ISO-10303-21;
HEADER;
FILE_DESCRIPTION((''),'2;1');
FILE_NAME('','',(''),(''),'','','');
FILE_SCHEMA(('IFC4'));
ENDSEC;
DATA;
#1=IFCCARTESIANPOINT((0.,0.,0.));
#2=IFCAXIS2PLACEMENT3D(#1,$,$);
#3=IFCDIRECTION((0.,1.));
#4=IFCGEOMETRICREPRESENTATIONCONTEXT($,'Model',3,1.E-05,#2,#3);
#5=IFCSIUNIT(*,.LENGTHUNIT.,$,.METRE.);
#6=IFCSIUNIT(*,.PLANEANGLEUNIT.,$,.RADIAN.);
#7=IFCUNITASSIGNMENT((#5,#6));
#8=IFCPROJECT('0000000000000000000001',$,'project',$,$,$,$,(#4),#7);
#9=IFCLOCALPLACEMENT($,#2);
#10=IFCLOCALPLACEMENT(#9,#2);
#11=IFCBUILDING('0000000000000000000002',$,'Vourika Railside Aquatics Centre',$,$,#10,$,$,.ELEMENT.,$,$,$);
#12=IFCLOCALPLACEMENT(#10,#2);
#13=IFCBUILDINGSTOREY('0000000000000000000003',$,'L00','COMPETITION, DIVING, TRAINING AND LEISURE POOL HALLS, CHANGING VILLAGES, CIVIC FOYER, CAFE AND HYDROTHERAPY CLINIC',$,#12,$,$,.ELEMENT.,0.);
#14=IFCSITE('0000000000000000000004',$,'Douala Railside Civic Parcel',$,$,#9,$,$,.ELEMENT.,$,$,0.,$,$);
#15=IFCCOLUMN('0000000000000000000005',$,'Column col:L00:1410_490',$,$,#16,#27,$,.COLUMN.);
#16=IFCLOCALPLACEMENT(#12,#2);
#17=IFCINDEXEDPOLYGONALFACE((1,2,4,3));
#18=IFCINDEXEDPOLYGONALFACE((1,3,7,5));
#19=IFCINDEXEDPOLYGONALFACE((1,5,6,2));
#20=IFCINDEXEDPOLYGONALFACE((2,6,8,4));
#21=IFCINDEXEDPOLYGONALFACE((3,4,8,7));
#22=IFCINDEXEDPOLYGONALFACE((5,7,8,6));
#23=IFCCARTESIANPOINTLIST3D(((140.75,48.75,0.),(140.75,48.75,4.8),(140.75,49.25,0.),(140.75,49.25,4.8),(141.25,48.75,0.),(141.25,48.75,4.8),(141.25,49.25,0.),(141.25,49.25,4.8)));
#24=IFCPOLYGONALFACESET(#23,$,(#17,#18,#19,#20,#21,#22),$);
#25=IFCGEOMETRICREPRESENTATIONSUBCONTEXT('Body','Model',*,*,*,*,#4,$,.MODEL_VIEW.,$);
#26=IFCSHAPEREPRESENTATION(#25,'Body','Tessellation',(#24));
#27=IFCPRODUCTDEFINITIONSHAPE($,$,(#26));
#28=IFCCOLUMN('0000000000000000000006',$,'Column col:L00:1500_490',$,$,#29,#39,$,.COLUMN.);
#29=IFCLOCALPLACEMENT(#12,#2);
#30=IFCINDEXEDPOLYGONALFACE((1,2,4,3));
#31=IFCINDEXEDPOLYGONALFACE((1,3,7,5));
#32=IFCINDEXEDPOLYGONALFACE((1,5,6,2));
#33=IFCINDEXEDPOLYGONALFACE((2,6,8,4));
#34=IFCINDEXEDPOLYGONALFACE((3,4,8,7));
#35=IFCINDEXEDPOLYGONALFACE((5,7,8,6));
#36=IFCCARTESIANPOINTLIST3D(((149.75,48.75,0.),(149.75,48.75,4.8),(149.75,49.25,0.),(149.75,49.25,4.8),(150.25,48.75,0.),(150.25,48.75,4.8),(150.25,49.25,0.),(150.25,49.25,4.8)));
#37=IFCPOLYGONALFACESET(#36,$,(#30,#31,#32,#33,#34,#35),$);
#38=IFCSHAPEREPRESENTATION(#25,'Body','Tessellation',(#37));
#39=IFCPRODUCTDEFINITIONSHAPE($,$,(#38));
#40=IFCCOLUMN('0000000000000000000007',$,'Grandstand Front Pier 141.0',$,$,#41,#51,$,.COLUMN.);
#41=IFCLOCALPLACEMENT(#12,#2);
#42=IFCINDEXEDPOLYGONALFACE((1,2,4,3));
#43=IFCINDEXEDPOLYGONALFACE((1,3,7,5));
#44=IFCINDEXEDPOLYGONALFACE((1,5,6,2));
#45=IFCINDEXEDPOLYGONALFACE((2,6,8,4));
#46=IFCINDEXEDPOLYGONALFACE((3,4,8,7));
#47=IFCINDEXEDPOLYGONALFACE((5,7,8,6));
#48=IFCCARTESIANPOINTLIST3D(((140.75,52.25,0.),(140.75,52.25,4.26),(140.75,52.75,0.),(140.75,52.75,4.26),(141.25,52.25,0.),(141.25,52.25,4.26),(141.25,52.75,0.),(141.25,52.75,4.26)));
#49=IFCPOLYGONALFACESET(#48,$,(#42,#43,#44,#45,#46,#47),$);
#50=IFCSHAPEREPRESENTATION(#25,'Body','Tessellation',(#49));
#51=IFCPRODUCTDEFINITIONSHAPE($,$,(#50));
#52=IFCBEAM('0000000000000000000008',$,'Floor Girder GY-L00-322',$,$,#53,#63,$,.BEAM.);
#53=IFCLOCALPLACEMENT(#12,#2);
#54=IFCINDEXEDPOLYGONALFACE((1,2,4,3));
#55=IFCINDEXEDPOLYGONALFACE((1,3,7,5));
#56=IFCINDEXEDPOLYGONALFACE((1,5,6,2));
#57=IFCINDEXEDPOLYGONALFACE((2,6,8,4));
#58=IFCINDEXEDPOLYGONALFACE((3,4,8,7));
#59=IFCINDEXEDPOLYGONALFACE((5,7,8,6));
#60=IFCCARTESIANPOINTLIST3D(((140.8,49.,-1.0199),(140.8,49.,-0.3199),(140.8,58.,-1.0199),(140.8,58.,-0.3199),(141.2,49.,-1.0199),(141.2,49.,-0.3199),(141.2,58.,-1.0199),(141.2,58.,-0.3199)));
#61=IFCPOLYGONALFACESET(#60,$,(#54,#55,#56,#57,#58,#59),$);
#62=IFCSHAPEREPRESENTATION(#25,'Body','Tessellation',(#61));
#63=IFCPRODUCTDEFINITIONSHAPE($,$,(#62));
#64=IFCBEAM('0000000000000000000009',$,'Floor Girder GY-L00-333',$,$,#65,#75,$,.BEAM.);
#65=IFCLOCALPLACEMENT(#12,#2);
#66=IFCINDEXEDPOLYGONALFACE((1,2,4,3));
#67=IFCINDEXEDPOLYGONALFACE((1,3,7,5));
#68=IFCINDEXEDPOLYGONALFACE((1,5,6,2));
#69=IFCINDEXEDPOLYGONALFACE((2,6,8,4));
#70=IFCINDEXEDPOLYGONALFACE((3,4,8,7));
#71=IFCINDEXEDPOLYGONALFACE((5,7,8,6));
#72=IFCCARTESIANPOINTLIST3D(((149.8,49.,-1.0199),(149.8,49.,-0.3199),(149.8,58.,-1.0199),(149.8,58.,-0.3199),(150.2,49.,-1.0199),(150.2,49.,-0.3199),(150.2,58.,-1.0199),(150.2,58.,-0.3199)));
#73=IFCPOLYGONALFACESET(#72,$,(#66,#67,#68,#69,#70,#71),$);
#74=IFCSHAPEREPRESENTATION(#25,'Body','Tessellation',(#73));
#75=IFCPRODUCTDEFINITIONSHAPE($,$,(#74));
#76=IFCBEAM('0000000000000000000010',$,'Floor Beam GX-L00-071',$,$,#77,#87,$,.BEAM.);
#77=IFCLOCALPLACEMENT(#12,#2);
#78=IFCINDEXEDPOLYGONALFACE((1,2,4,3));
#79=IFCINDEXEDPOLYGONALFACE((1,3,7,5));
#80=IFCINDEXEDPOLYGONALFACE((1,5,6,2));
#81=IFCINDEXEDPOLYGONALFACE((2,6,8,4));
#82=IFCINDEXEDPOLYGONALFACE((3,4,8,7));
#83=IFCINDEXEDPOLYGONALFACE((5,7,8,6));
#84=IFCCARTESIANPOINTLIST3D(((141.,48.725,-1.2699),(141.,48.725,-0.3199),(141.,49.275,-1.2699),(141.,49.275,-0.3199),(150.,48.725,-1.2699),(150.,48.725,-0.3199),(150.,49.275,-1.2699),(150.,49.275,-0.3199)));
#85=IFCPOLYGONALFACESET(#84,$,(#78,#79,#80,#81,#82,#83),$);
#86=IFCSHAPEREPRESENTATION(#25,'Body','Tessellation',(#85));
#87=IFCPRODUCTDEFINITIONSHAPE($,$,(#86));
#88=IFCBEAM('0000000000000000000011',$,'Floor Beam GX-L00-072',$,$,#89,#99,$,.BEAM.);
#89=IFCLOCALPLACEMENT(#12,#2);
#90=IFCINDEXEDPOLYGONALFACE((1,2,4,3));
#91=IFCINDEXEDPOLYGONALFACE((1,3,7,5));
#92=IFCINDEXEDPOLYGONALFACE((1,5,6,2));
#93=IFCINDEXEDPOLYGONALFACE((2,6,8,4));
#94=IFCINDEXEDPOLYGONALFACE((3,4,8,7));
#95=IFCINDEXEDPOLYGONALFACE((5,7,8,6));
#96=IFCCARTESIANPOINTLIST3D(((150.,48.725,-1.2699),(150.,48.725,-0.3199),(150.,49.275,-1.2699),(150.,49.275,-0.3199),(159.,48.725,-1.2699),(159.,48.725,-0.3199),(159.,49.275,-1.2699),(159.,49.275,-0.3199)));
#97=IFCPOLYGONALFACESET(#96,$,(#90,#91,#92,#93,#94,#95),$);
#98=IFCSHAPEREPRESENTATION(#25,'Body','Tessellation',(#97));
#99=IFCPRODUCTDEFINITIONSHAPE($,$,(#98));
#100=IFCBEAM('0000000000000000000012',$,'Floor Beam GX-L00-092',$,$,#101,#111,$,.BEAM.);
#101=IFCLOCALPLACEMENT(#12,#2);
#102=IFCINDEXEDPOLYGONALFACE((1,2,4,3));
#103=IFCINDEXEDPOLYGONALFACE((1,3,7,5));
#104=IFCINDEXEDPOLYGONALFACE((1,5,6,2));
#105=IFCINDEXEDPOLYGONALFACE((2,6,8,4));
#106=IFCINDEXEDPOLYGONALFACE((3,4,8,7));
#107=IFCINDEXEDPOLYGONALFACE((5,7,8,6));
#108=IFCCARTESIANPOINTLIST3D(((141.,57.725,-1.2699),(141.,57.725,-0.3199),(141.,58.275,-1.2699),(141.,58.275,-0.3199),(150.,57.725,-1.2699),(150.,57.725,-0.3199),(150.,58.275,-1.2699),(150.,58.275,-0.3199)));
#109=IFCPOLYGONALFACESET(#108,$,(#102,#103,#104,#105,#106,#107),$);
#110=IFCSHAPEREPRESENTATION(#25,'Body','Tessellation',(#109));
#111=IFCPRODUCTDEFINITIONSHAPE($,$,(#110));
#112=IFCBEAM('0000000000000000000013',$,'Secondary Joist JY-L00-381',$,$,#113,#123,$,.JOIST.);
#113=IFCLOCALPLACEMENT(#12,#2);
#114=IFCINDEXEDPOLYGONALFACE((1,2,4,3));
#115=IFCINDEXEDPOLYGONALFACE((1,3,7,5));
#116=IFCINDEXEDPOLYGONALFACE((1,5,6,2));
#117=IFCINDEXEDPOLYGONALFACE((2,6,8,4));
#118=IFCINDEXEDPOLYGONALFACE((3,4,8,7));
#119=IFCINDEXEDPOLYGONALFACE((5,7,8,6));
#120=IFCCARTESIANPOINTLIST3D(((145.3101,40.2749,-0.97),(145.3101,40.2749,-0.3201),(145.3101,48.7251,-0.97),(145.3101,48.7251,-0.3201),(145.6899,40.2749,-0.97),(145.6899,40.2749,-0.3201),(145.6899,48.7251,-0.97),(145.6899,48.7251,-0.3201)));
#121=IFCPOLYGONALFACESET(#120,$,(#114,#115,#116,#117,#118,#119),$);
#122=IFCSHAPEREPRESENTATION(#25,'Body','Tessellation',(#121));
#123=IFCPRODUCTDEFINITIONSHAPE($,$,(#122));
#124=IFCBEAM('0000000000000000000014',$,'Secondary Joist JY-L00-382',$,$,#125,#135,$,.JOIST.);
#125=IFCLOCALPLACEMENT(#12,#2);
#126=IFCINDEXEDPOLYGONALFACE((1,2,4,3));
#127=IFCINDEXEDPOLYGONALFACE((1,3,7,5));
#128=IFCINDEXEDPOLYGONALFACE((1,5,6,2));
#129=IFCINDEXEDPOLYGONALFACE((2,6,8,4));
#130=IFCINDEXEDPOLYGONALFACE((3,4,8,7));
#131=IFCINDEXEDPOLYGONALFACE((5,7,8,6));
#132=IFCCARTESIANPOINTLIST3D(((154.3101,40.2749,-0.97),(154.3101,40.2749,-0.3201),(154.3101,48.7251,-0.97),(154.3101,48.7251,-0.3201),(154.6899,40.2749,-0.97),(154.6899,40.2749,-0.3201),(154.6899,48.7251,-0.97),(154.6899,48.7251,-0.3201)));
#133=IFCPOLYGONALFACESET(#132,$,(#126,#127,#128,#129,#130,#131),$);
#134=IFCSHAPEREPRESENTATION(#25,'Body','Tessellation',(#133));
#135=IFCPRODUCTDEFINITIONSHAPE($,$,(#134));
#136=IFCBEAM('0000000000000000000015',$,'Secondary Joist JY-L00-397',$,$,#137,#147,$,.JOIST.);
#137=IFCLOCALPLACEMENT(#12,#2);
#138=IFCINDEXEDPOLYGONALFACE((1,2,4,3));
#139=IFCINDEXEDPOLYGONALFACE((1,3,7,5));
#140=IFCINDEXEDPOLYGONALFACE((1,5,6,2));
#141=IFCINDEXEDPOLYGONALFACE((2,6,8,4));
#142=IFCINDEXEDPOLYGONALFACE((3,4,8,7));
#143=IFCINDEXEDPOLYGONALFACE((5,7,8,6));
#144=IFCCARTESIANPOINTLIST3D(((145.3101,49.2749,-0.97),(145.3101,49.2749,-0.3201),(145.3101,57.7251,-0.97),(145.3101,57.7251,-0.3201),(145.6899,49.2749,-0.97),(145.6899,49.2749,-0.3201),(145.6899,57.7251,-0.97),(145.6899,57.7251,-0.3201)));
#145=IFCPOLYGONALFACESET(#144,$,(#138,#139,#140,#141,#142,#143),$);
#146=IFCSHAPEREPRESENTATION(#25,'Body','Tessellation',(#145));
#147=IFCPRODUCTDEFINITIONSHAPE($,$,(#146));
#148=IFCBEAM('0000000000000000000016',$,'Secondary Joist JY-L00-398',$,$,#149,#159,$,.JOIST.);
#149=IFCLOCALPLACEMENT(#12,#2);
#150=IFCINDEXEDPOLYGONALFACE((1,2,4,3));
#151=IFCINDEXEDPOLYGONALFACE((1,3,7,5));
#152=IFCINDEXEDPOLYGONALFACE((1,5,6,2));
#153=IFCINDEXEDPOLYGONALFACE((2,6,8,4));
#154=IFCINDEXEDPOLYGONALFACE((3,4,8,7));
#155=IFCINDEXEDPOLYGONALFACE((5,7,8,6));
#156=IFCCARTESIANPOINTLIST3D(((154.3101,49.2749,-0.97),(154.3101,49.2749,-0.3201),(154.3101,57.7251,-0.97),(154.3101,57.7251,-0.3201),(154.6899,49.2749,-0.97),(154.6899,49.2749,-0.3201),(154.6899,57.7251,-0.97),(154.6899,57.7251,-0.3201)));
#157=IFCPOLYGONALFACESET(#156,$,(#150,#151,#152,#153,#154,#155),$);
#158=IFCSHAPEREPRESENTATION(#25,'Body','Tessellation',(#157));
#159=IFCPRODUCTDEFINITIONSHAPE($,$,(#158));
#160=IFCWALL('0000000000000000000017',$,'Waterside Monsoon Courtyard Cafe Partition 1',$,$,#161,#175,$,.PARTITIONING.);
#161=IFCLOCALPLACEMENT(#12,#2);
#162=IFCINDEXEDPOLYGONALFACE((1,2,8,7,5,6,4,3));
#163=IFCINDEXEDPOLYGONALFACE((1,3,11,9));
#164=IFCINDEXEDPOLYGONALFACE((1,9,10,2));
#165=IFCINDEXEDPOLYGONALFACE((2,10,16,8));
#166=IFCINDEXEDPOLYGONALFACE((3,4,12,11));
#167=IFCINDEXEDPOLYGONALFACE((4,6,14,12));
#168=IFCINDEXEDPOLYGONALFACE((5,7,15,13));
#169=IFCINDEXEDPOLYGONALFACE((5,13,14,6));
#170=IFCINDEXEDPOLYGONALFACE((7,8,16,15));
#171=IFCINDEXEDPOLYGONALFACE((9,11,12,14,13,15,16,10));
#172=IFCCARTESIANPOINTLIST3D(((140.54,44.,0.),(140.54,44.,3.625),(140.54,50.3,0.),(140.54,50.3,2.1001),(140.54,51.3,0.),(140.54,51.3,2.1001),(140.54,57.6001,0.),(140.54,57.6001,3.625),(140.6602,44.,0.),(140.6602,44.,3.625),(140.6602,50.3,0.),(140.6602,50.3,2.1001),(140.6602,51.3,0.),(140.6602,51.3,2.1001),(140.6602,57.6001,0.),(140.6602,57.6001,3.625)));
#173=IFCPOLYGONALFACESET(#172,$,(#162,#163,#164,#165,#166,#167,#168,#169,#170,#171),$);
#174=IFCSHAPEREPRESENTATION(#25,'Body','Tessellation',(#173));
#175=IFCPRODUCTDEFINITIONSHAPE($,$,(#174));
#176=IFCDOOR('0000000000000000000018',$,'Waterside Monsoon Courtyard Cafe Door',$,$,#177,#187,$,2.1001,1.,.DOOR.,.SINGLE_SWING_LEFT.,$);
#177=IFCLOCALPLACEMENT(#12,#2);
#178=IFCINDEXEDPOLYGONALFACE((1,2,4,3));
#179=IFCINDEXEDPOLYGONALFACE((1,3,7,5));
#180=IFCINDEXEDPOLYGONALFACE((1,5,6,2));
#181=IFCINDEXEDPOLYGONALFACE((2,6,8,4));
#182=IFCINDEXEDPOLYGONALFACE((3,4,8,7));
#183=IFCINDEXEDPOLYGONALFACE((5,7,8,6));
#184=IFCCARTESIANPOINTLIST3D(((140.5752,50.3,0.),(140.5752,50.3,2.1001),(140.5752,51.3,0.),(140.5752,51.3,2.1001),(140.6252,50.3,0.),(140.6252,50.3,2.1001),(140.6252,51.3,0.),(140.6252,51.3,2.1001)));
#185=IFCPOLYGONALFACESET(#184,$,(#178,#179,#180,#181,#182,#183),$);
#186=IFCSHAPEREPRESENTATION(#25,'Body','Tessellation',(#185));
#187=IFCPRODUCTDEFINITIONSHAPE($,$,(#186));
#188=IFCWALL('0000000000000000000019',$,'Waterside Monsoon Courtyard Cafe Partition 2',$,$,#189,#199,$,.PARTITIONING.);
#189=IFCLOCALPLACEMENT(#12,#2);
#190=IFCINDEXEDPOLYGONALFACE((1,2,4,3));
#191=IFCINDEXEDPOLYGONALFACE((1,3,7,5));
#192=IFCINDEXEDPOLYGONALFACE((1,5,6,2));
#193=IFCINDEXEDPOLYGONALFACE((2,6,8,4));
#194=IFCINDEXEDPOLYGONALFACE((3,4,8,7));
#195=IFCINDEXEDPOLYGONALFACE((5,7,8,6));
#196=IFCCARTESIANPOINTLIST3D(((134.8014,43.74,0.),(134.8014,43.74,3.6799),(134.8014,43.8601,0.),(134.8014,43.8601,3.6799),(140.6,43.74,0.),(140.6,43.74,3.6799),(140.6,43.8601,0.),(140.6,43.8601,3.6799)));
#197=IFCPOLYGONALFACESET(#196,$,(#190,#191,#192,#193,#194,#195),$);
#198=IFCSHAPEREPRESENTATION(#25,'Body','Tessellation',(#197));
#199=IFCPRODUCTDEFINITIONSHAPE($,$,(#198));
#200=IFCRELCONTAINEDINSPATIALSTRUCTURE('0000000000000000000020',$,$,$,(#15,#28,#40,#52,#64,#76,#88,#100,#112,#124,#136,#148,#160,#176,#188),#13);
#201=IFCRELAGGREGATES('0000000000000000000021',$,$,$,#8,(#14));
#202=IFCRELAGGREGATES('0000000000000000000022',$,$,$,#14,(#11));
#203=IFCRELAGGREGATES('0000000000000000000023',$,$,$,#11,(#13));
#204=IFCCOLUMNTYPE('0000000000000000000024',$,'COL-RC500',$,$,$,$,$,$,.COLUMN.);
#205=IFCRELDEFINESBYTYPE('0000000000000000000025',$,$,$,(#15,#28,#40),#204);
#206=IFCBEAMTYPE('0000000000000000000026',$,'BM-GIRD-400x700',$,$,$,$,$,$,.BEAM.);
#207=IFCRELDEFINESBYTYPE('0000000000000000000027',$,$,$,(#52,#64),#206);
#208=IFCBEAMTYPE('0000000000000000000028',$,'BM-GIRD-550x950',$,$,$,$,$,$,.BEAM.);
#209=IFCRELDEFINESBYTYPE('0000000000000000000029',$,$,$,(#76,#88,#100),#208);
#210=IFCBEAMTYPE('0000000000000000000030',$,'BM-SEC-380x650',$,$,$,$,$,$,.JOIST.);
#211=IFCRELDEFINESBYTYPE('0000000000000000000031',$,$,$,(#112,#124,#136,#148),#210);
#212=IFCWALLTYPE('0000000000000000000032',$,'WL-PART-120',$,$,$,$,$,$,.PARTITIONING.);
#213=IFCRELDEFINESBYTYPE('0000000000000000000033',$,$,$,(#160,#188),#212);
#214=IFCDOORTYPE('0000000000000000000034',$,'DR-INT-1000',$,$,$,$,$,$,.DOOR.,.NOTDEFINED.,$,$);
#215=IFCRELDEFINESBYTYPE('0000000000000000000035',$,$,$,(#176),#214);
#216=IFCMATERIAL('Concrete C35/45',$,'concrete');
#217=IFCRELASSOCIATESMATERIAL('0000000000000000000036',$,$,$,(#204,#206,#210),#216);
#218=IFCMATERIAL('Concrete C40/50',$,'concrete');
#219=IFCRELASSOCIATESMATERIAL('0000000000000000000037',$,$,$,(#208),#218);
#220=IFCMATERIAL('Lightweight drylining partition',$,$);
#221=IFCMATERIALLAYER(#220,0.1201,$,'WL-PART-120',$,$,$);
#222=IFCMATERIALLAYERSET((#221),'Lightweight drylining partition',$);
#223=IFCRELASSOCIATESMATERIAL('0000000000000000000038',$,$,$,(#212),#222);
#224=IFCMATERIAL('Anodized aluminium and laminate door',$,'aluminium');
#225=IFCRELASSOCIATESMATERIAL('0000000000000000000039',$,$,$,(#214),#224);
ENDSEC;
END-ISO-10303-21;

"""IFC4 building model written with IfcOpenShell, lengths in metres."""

from ifc_helpers import new_model, si_unit, direction, frame, frame_2d, origin, origin_2d, place, context, subcontext, project, spatial, rectangle, extrude, material, layer, layer_set, material_profile, profile_set, type_object, element, fill, save


model = new_model("IFC4")

# Units and contexts
model_context = context("Model", 3, precision=1e-05, world=origin(), true_north=direction((0.0, 1.0)))
body_context = subcontext(model_context, "Body", "Model", "MODEL_VIEW")
ifc_project = project(units=[si_unit("LENGTHUNIT", "METRE"), si_unit("PLANEANGLEUNIT", "RADIAN")], contexts=[model_context])

# Site, building, storey
site_placement = place(None, origin())
site = spatial("IfcSite", under=ifc_project, at=site_placement, Name="Douala Railside Civic Parcel", CompositionType="ELEMENT", RefElevation=0.0)
building_placement = place(site_placement, origin())
building = spatial("IfcBuilding", under=site, at=building_placement, Name="Vourika Railside Aquatics Centre", CompositionType="ELEMENT")
storey_placement = place(building_placement, origin())
storey = spatial("IfcBuildingStorey", under=building, at=storey_placement, Name="L00", Description="COMPETITION, DIVING, TRAINING AND LEISURE POOL HALLS, CHANGING VILLAGES, CIVIC FOYER, CAFE AND HYDROTHERAPY CLINIC", CompositionType="ELEMENT", Elevation=0.0)

# Columns
ifc_material_1 = material(Name="Concrete C35/45", Category="concrete")
ifc_material_profile_1 = material_profile(ifc_material_1, rectangle(XDim=0.5, YDim=0.5, at=origin_2d()), Name="RC 500x500")
ifc_profile_set_1 = profile_set([ifc_material_profile_1], Name="Concrete C35/45")
column_type = type_object("IfcColumnType", Name="COL-RC500", PredefinedType="COLUMN", material=ifc_profile_set_1)
for number, where, z_axis, x_axis, name in (
    (1, (141.0, 49.0, 0.0), (0.0, 0.0, 1.0), (1.0, 0.0, 0.0), "Column col:L00:1410_490"),
    (2, (150.0, 49.0, 0.0), (0.0, 0.0, 1.0), (1.0, 0.0, 0.0), "Column col:L00:1500_490"),
):
    element("IfcColumn", number, at=place(storey_placement, frame(where, z_axis=z_axis, x_axis=x_axis)), inside=storey, type_object=column_type, Name=name, PredefinedType="COLUMN", context=body_context, shape_type="SweptSolid", body=[
        extrude(rectangle(XDim=0.5, YDim=0.5, at=origin_2d()), origin(), (0.0, 0.0, 1.0), 4.8),
    ])
column_placement = place(storey_placement, frame((141.0, 52.5, 0.0), z_axis=(0.0, 0.0, 1.0), x_axis=(1.0, 0.0, 0.0)))
element("IfcColumn", 3, at=column_placement, inside=storey, type_object=column_type, Name="Grandstand Front Pier 141.0", PredefinedType="COLUMN", context=body_context, shape_type="SweptSolid", body=[
    extrude(rectangle(XDim=0.5, YDim=0.5, at=origin_2d()), origin(), (0.0, 0.0, 1.0), 4.26),
])

# Beams
ifc_material_profile_2 = material_profile(ifc_material_1, rectangle(XDim=0.3999, YDim=0.7, at=origin_2d()), Name="RC 400x700")
ifc_profile_set_2 = profile_set([ifc_material_profile_2], Name="Concrete C35/45")
beam_type_1 = type_object("IfcBeamType", Name="BM-GIRD-400x700", PredefinedType="BEAM", material=ifc_profile_set_2)
for number, where, z_axis, x_axis, name in (
    (4, (141.0, 49.0, -0.6699), (0.0, 1.0, 0.0), (-1.0, 0.0, 0.0), "Floor Girder GY-L00-322"),
    (5, (150.0, 49.0, -0.6699), (0.0, 1.0, 0.0), (-1.0, 0.0, 0.0), "Floor Girder GY-L00-333"),
):
    element("IfcBeam", number, at=place(storey_placement, frame(where, z_axis=z_axis, x_axis=x_axis)), inside=storey, type_object=beam_type_1, Name=name, PredefinedType="BEAM", context=body_context, shape_type="SweptSolid", body=[
        extrude(rectangle(XDim=0.3999, YDim=0.7, at=origin_2d()), origin(), (0.0, 0.0, 1.0), 9.0),
    ])
ifc_material_2 = material(Name="Concrete C40/50", Category="concrete")
ifc_material_profile_3 = material_profile(ifc_material_2, rectangle(XDim=0.55, YDim=0.95, at=origin_2d()), Name="RC 550x950")
ifc_profile_set_3 = profile_set([ifc_material_profile_3], Name="Concrete C40/50")
beam_type_2 = type_object("IfcBeamType", Name="BM-GIRD-550x950", PredefinedType="BEAM", material=ifc_profile_set_3)
for number, where, z_axis, x_axis, name in (
    (6, (141.0, 49.0, -0.7949), (1.0, 0.0, 0.0), (0.0, 1.0, 0.0), "Floor Beam GX-L00-071"),
    (7, (150.0, 49.0, -0.7949), (1.0, 0.0, 0.0), (0.0, 1.0, 0.0), "Floor Beam GX-L00-072"),
    (8, (141.0, 58.0, -0.7949), (1.0, 0.0, 0.0), (0.0, 1.0, 0.0), "Floor Beam GX-L00-092"),
):
    element("IfcBeam", number, at=place(storey_placement, frame(where, z_axis=z_axis, x_axis=x_axis)), inside=storey, type_object=beam_type_2, Name=name, PredefinedType="BEAM", context=body_context, shape_type="SweptSolid", body=[
        extrude(rectangle(XDim=0.55, YDim=0.95, at=origin_2d()), origin(), (0.0, 0.0, 1.0), 9.0),
    ])
ifc_material_profile_4 = material_profile(ifc_material_1, rectangle(XDim=0.3799, YDim=0.6499, at=origin_2d()), Name="RC 380x650")
ifc_profile_set_4 = profile_set([ifc_material_profile_4], Name="Concrete C35/45")
beam_type_3 = type_object("IfcBeamType", Name="BM-SEC-380x650", PredefinedType="JOIST", material=ifc_profile_set_4)
for number, where, z_axis, x_axis, name in (
    (9, (145.5, 40.2749, -0.645), (0.0, 1.0, 0.0), (-1.0, 0.0, 0.0), "Secondary Joist JY-L00-381"),
    (10, (154.5, 40.2749, -0.645), (0.0, 1.0, 0.0), (-1.0, 0.0, 0.0), "Secondary Joist JY-L00-382"),
    (11, (145.5, 49.2749, -0.645), (0.0, 1.0, 0.0), (-1.0, 0.0, 0.0), "Secondary Joist JY-L00-397"),
    (12, (154.5, 49.2749, -0.645), (0.0, 1.0, 0.0), (-1.0, 0.0, 0.0), "Secondary Joist JY-L00-398"),
):
    element("IfcBeam", number, at=place(storey_placement, frame(where, z_axis=z_axis, x_axis=x_axis)), inside=storey, type_object=beam_type_3, Name=name, PredefinedType="JOIST", context=body_context, shape_type="SweptSolid", body=[
        extrude(rectangle(XDim=0.3799, YDim=0.6499, at=origin_2d()), origin(), (0.0, 0.0, 1.0), 8.4502),
    ])

# Wall, opening, door
ifc_material_3 = material(Name="Lightweight drylining partition")
ifc_layer_1 = layer(ifc_material_3, 0.1201, Name="WL-PART-120")
ifc_layer_set_1 = layer_set([ifc_layer_1], Name="Lightweight drylining partition")
wall_type = type_object("IfcWallType", Name="WL-PART-120", PredefinedType="PARTITIONING", material=ifc_layer_set_1)
wall_1_placement = place(storey_placement, frame((140.6001, 44.0, 0.0), z_axis=(0.0, 0.0, 1.0), x_axis=(0.0, 1.0, 0.0)))
wall_1 = element("IfcWall", 13, at=wall_1_placement, inside=storey, type_object=wall_type, Name="Waterside Monsoon Courtyard Cafe Partition 1", PredefinedType="PARTITIONING", context=body_context, shape_type="SweptSolid", body=[
    extrude(rectangle(XDim=13.6001, YDim=0.1201, at=frame_2d((6.8, 0.0))), origin(), (0.0, 0.0, 1.0), 3.625),
])
opening_placement = place(wall_1_placement, frame((6.3, 0.0, 0.0)))
opening = element("IfcOpeningElement", 14, at=opening_placement, cuts=wall_1, PredefinedType="OPENING", context=body_context, shape_type="SweptSolid", body=[
    extrude(rectangle(XDim=1.0, YDim=2.1001, at=frame_2d((0.5, 1.05))), frame((0.0, 0.0701, 0.0), z_axis=(0.0, -1.0, 0.0), x_axis=(1.0, 0.0, 0.0)), (0.0, 0.0, 1.0), 0.1401),
])
ifc_material_4 = material(Name="Anodized aluminium and laminate door", Category="aluminium")
door_type = type_object("IfcDoorType", Name="DR-INT-1000", OperationType="NOTDEFINED", PredefinedType="DOOR", material=ifc_material_4)
door_placement = place(opening_placement, origin())
door = element("IfcDoor", 15, at=door_placement, inside=storey, type_object=door_type, Name="Waterside Monsoon Courtyard Cafe Door", OperationType="SINGLE_SWING_LEFT", OverallHeight=2.1001, OverallWidth=1.0, PredefinedType="DOOR", context=body_context, shape_type="SweptSolid", body=[
    extrude(rectangle(XDim=1.0, YDim=2.1001, at=frame_2d((0.5, 1.05))), frame((0.0, 0.0249, 0.0), z_axis=(0.0, -1.0, 0.0), x_axis=(1.0, 0.0, 0.0)), (0.0, 0.0, 1.0), 0.05),
])
fill(opening, door)

# Wall
wall_2_placement = place(storey_placement, frame((140.6001, 43.8, 0.0), z_axis=(0.0, 0.0, 1.0), x_axis=(-1.0, 0.0, 0.0)))
element("IfcWall", 16, at=wall_2_placement, inside=storey, type_object=wall_type, Name="Waterside Monsoon Courtyard Cafe Partition 2", PredefinedType="PARTITIONING", context=body_context, shape_type="SweptSolid", body=[
    extrude(rectangle(XDim=5.7986, YDim=0.1201, at=frame_2d((2.8994, 0.0))), origin(), (0.0, 0.0, 1.0), 3.6799),
])

save(model, "model.ifc")
